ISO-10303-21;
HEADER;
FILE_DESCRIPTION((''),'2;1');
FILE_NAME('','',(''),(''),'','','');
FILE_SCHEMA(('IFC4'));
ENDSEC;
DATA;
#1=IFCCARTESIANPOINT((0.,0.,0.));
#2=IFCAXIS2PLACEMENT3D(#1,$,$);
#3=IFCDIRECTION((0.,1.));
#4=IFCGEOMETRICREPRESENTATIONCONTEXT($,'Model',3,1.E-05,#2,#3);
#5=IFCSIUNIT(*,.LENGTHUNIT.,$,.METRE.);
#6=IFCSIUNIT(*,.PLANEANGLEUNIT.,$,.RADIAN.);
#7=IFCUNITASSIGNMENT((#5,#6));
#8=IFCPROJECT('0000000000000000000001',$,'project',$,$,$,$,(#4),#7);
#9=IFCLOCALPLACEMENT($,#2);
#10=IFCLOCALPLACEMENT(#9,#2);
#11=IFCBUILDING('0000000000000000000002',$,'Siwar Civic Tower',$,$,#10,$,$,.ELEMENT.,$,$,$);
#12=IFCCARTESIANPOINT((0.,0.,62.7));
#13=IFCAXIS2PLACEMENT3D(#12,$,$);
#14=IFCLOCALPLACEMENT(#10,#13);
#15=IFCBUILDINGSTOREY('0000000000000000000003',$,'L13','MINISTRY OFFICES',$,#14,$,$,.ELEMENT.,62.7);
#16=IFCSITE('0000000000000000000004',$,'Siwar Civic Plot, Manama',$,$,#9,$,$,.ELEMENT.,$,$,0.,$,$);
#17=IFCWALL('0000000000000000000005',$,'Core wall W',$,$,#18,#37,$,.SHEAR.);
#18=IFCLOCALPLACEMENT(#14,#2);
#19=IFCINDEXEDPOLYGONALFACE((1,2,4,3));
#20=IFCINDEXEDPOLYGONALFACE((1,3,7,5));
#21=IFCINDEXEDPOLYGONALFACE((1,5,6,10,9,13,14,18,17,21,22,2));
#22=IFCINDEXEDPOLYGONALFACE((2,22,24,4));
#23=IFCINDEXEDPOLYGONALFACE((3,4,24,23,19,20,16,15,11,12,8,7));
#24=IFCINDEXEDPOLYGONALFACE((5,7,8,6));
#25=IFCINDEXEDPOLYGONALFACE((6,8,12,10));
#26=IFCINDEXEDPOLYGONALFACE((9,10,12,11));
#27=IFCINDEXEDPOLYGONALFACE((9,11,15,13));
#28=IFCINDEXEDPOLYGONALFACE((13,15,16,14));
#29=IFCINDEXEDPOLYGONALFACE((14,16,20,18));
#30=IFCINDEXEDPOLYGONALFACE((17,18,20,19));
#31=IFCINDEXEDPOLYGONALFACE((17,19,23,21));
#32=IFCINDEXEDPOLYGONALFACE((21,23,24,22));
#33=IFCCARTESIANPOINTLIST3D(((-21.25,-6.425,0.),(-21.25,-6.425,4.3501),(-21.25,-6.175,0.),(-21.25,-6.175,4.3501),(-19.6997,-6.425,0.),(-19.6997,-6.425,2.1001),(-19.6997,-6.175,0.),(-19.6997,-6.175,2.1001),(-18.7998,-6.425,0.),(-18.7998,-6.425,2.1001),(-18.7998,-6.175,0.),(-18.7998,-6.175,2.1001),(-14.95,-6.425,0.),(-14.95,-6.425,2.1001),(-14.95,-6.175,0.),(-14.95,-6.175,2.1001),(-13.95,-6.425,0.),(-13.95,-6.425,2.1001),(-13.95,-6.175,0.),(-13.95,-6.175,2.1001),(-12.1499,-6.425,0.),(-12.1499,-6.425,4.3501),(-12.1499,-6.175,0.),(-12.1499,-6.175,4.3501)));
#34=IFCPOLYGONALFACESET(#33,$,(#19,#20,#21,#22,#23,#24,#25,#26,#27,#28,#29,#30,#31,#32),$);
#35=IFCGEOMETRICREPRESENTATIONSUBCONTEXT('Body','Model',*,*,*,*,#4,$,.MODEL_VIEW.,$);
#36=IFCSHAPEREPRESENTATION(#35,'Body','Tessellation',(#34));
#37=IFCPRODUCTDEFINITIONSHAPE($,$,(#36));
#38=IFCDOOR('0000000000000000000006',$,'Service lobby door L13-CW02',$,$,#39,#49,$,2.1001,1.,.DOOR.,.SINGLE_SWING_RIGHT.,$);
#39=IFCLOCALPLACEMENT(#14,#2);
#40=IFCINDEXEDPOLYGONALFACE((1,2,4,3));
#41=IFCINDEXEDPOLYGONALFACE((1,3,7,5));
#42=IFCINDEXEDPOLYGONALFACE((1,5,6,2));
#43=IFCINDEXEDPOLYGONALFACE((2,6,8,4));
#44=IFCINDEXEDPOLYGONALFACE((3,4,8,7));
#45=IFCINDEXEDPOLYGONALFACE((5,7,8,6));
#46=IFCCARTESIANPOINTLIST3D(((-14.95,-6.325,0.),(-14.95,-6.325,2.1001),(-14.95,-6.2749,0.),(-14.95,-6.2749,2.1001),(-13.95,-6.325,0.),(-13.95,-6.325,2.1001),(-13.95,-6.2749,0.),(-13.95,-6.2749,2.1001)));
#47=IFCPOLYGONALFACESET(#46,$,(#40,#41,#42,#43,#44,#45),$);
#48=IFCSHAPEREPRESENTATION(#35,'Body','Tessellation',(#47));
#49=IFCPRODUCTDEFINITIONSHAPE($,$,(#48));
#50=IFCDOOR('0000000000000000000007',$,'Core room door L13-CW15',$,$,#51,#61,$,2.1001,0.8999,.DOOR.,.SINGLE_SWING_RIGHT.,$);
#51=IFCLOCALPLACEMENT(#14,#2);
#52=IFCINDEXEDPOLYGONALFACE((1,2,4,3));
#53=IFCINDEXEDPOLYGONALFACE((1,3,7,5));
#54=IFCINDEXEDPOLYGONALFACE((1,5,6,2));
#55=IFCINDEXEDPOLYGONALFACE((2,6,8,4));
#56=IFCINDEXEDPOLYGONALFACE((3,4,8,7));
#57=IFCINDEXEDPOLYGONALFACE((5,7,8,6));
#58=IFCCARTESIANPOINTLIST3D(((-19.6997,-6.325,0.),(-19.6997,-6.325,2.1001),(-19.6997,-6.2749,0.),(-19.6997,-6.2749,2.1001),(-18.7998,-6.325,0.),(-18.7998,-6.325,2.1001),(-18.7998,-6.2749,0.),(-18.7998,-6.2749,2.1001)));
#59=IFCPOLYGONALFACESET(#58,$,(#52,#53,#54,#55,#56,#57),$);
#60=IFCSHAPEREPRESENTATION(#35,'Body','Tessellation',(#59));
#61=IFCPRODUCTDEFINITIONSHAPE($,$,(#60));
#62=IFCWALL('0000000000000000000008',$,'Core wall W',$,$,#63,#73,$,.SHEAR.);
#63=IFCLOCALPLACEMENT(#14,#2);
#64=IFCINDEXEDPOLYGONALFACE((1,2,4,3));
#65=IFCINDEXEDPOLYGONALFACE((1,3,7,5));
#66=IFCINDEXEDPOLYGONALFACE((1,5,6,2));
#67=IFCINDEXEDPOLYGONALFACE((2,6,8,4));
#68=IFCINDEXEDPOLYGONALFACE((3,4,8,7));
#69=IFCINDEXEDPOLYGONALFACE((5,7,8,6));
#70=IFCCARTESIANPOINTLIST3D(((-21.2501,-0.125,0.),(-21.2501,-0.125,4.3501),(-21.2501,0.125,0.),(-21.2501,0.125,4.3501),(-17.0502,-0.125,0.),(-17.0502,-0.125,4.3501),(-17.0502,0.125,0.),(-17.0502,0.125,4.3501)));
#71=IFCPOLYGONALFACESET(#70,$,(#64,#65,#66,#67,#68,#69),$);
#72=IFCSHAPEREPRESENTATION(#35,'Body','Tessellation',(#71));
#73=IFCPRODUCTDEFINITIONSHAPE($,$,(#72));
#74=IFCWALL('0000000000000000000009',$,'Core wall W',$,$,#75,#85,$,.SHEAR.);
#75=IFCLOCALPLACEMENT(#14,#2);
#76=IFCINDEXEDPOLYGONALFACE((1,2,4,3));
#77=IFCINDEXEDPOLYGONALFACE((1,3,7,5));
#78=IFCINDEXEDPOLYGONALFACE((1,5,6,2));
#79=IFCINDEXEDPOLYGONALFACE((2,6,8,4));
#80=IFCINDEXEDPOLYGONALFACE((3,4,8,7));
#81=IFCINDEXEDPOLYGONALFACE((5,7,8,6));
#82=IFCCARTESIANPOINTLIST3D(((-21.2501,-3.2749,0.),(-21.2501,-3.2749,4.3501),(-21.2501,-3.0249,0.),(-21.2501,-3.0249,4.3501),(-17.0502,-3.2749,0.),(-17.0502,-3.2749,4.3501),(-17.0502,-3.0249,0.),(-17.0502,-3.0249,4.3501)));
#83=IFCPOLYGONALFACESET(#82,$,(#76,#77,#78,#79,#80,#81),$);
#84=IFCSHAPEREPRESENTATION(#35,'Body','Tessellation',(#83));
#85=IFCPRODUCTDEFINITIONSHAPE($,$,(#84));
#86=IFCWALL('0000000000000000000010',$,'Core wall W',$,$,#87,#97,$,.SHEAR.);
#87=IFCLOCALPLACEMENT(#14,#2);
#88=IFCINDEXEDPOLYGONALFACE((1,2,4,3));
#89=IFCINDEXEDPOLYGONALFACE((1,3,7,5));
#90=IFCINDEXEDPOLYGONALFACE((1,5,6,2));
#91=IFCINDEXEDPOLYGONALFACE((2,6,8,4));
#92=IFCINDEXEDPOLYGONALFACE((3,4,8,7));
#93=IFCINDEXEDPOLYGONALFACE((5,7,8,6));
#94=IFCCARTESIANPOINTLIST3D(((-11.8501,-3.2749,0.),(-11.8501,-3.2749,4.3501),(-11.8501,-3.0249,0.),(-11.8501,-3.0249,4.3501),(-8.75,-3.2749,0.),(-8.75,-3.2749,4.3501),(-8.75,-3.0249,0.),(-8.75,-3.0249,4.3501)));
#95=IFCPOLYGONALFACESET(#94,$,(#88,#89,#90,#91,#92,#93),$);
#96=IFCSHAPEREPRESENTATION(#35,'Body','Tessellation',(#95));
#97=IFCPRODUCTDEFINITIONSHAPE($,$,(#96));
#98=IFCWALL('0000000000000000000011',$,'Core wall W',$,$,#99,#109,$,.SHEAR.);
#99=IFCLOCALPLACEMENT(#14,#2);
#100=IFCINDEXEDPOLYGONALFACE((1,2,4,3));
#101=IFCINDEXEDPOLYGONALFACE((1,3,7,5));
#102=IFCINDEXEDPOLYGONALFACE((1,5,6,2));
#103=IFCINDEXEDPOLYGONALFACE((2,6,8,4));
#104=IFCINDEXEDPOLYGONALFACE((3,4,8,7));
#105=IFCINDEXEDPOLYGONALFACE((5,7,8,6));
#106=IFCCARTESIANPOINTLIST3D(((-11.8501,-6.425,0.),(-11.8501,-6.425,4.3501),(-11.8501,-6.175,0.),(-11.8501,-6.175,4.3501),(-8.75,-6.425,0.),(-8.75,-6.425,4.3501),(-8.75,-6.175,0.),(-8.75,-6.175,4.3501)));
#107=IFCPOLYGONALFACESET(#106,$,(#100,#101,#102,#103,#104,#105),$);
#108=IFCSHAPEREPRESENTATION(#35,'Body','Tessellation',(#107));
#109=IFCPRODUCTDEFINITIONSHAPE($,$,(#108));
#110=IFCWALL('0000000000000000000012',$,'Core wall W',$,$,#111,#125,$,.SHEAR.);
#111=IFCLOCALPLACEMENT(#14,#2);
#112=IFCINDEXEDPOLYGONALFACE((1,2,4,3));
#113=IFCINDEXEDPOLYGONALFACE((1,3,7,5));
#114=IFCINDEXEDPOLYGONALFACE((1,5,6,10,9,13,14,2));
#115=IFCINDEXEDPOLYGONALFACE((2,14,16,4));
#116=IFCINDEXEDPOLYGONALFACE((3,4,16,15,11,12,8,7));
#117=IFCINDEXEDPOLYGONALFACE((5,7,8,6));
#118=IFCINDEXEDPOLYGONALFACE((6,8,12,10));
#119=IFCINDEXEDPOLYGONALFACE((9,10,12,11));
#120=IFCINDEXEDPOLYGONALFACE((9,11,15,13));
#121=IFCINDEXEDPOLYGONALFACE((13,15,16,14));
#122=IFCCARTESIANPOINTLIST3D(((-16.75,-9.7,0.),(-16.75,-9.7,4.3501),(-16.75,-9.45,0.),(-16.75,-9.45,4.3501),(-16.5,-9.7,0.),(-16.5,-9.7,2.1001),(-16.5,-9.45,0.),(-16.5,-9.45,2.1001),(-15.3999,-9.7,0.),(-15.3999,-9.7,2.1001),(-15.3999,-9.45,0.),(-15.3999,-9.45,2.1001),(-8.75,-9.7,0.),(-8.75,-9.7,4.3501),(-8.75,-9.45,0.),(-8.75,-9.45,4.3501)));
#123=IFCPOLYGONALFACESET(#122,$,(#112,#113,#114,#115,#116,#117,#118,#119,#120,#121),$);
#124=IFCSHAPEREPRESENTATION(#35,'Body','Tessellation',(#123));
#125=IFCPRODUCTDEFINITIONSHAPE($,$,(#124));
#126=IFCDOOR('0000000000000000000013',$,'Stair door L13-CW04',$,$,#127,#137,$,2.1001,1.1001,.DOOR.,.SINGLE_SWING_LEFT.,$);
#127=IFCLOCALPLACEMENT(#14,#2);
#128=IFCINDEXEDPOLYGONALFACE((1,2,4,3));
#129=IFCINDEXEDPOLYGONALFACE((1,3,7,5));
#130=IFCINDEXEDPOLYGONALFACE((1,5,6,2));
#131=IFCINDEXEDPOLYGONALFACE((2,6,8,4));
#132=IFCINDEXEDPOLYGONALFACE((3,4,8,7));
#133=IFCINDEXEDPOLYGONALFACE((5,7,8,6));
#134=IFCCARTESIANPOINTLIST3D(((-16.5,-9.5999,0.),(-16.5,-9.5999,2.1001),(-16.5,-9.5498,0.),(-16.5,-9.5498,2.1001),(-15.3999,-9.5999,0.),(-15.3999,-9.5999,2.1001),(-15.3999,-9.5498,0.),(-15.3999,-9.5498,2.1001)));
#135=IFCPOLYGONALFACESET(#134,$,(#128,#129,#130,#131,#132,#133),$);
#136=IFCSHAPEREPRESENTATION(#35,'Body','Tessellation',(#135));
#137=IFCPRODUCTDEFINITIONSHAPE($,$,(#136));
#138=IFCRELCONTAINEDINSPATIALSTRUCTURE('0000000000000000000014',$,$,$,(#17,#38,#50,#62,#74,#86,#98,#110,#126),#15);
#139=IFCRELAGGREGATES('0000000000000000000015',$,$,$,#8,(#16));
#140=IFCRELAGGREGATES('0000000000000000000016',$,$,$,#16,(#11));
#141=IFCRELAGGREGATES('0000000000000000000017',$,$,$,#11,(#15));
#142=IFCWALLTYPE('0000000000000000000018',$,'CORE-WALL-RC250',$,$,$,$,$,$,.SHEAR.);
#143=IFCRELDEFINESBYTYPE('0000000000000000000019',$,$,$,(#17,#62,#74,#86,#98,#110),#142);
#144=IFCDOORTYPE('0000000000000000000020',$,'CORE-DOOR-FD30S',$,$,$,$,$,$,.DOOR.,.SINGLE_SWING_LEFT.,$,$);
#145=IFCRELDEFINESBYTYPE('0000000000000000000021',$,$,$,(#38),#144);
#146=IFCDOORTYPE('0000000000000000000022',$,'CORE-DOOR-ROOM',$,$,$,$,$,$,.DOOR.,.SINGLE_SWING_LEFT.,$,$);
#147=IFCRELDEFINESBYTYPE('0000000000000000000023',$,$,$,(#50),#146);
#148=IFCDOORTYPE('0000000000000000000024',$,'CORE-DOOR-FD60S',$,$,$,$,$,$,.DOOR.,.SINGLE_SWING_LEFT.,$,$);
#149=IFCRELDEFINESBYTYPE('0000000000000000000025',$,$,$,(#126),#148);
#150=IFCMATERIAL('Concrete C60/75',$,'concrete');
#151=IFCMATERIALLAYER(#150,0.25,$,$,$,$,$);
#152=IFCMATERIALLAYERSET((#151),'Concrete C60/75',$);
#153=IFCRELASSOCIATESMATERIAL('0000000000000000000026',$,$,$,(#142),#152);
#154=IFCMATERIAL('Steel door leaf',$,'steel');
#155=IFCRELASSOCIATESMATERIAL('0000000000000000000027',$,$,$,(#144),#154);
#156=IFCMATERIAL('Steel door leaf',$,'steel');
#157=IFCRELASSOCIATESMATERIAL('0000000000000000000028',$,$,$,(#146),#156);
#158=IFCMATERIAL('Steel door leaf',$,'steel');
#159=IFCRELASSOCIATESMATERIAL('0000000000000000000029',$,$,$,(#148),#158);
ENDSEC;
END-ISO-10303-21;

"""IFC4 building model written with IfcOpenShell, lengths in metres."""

from ifc_helpers import new_model, si_unit, direction, frame, frame_2d, origin, place, context, subcontext, project, spatial, rectangle, extrude, material, layer, layer_set, type_object, element, fill, save


model = new_model("IFC4")

# Units and contexts
model_context = context("Model", 3, precision=1e-05, world=origin(), true_north=direction((0.0, 1.0)))
body_context = subcontext(model_context, "Body", "Model", "MODEL_VIEW")
ifc_project = project(units=[si_unit("LENGTHUNIT", "METRE"), si_unit("PLANEANGLEUNIT", "RADIAN")], contexts=[model_context])

# Site, building, storey
site_placement = place(None, origin())
site = spatial("IfcSite", under=ifc_project, at=site_placement, Name="Siwar Civic Plot, Manama", CompositionType="ELEMENT", RefElevation=0.0)
building_placement = place(site_placement, origin())
building = spatial("IfcBuilding", under=site, at=building_placement, Name="Siwar Civic Tower", CompositionType="ELEMENT")
storey_placement = place(building_placement, frame((0.0, 0.0, 62.7)))
storey = spatial("IfcBuildingStorey", under=building, at=storey_placement, Name="L13", Description="MINISTRY OFFICES", CompositionType="ELEMENT", Elevation=62.7)

# Wall, openings, doors
ifc_material_1 = material(Name="Concrete C60/75", Category="concrete")
ifc_layer_1 = layer(ifc_material_1, 0.25)
ifc_layer_set_1 = layer_set([ifc_layer_1], Name="Concrete C60/75")
wall_type_1 = type_object("IfcWallType", Name="CORE-WALL-RC250", PredefinedType="SHEAR", material=ifc_layer_set_1)
wall_1_placement = place(storey_placement, frame((-12.1499, -6.3, 0.0), z_axis=(0.0, 0.0, 1.0), x_axis=(-1.0, 0.0, 0.0)))
wall_1 = element("IfcWall", 1, at=wall_1_placement, inside=storey, type_object=wall_type_1, Name="Core wall W", PredefinedType="SHEAR", context=body_context, shape_type="SweptSolid", body=[
    extrude(rectangle(XDim=9.1001, YDim=0.25, at=frame_2d((4.55, 0.0))), origin(), (0.0, 0.0, 1.0), 4.3501),
])
opening_1_placement = place(wall_1_placement, frame((1.8, 0.0, 0.0)))
opening_1 = element("IfcOpeningElement", 2, at=opening_1_placement, cuts=wall_1, PredefinedType="OPENING", context=body_context, shape_type="SweptSolid", body=[
    extrude(rectangle(XDim=1.0, YDim=2.1001, at=frame_2d((0.5, 1.05))), frame((0.0, 0.135, 0.0), z_axis=(0.0, -1.0, 0.0), x_axis=(1.0, 0.0, 0.0)), (0.0, 0.0, 1.0), 0.27),
])
opening_2_placement = place(wall_1_placement, frame((6.6499, 0.0, 0.0)))
opening_2 = element("IfcOpeningElement", 3, at=opening_2_placement, cuts=wall_1, PredefinedType="OPENING", context=body_context, shape_type="SweptSolid", body=[
    extrude(rectangle(XDim=0.8999, YDim=2.1001, at=frame_2d((0.45, 1.05))), frame((0.0, 0.135, 0.0), z_axis=(0.0, -1.0, 0.0), x_axis=(1.0, 0.0, 0.0)), (0.0, 0.0, 1.0), 0.27),
])
ifc_material_2 = material(Name="Steel door leaf", Category="steel")
door_type_1 = type_object("IfcDoorType", Name="CORE-DOOR-FD30S", OperationType="SINGLE_SWING_LEFT", PredefinedType="DOOR", material=ifc_material_2)
door_1_placement = place(opening_1_placement, origin())
door_1 = element("IfcDoor", 4, at=door_1_placement, inside=storey, type_object=door_type_1, Name="Service lobby door L13-CW02", OperationType="SINGLE_SWING_RIGHT", OverallHeight=2.1001, OverallWidth=1.0, PredefinedType="DOOR", context=body_context, shape_type="SweptSolid", body=[
    extrude(rectangle(XDim=1.0, YDim=2.1001, at=frame_2d((0.5, 1.05))), frame((0.0, 0.0249, 0.0), z_axis=(0.0, -1.0, 0.0), x_axis=(1.0, 0.0, 0.0)), (0.0, 0.0, 1.0), 0.05),
])
fill(opening_1, door_1)
ifc_material_3 = material(Name="Steel door leaf", Category="steel")
door_type_2 = type_object("IfcDoorType", Name="CORE-DOOR-ROOM", OperationType="SINGLE_SWING_LEFT", PredefinedType="DOOR", material=ifc_material_3)
door_2_placement = place(opening_2_placement, origin())
door_2 = element("IfcDoor", 5, at=door_2_placement, inside=storey, type_object=door_type_2, Name="Core room door L13-CW15", OperationType="SINGLE_SWING_RIGHT", OverallHeight=2.1001, OverallWidth=0.8999, PredefinedType="DOOR", context=body_context, shape_type="SweptSolid", body=[
    extrude(rectangle(XDim=0.8999, YDim=2.1001, at=frame_2d((0.45, 1.05))), frame((0.0, 0.0249, 0.0), z_axis=(0.0, -1.0, 0.0), x_axis=(1.0, 0.0, 0.0)), (0.0, 0.0, 1.0), 0.05),
])
fill(opening_2, door_2)

# Walls
for number, where, z_axis, x_axis, name in (
    (6, (-17.05, 0.0, 0.0), (0.0, 0.0, 1.0), (-1.0, 0.0, 0.0), "Core wall W"),
    (7, (-17.05, -3.1499, 0.0), (0.0, 0.0, 1.0), (-1.0, 0.0, 0.0), "Core wall W"),
):
    element("IfcWall", number, at=place(storey_placement, frame(where, z_axis=z_axis, x_axis=x_axis)), inside=storey, type_object=wall_type_1, Name=name, PredefinedType="SHEAR", context=body_context, shape_type="SweptSolid", body=[
        extrude(rectangle(XDim=4.2, YDim=0.25, at=frame_2d((2.1001, 0.0))), origin(), (0.0, 0.0, 1.0), 4.3501),
    ])
for number, where, z_axis, x_axis, name in (
    (8, (-8.75, -3.1499, 0.0), (0.0, 0.0, 1.0), (-1.0, 0.0, 0.0), "Core wall W"),
    (9, (-8.75, -6.3, 0.0), (0.0, 0.0, 1.0), (-1.0, 0.0, 0.0), "Core wall W"),
):
    element("IfcWall", number, at=place(storey_placement, frame(where, z_axis=z_axis, x_axis=x_axis)), inside=storey, type_object=wall_type_1, Name=name, PredefinedType="SHEAR", context=body_context, shape_type="SweptSolid", body=[
        extrude(rectangle(XDim=3.1001, YDim=0.25, at=frame_2d((1.55, 0.0))), origin(), (0.0, 0.0, 1.0), 4.3501),
    ])

# Wall, opening, door
wall_2_placement = place(storey_placement, frame((-8.75, -9.575, 0.0), z_axis=(0.0, 0.0, 1.0), x_axis=(-1.0, 0.0, 0.0)))
wall_2 = element("IfcWall", 10, at=wall_2_placement, inside=storey, type_object=wall_type_1, Name="Core wall W", PredefinedType="SHEAR", context=body_context, shape_type="SweptSolid", body=[
    extrude(rectangle(XDim=8.0, YDim=0.25, at=frame_2d((4.0, 0.0))), origin(), (0.0, 0.0, 1.0), 4.3501),
])
opening_3_placement = place(wall_2_placement, frame((6.6499, 0.0, 0.0)))
opening_3 = element("IfcOpeningElement", 11, at=opening_3_placement, cuts=wall_2, PredefinedType="OPENING", context=body_context, shape_type="SweptSolid", body=[
    extrude(rectangle(XDim=1.1001, YDim=2.1001, at=frame_2d((0.55, 1.05))), frame((0.0, 0.135, 0.0), z_axis=(0.0, -1.0, 0.0), x_axis=(1.0, 0.0, 0.0)), (0.0, 0.0, 1.0), 0.27),
])
ifc_material_4 = material(Name="Steel door leaf", Category="steel")
door_type_3 = type_object("IfcDoorType", Name="CORE-DOOR-FD60S", OperationType="SINGLE_SWING_LEFT", PredefinedType="DOOR", material=ifc_material_4)
door_3_placement = place(opening_3_placement, origin())
door_3 = element("IfcDoor", 12, at=door_3_placement, inside=storey, type_object=door_type_3, Name="Stair door L13-CW04", OperationType="SINGLE_SWING_LEFT", OverallHeight=2.1001, OverallWidth=1.1001, PredefinedType="DOOR", context=body_context, shape_type="SweptSolid", body=[
    extrude(rectangle(XDim=1.1001, YDim=2.1001, at=frame_2d((0.55, 1.05))), frame((0.0, 0.0249, 0.0), z_axis=(0.0, -1.0, 0.0), x_axis=(1.0, 0.0, 0.0)), (0.0, 0.0, 1.0), 0.05),
])
fill(opening_3, door_3)

save(model, "model.ifc")
